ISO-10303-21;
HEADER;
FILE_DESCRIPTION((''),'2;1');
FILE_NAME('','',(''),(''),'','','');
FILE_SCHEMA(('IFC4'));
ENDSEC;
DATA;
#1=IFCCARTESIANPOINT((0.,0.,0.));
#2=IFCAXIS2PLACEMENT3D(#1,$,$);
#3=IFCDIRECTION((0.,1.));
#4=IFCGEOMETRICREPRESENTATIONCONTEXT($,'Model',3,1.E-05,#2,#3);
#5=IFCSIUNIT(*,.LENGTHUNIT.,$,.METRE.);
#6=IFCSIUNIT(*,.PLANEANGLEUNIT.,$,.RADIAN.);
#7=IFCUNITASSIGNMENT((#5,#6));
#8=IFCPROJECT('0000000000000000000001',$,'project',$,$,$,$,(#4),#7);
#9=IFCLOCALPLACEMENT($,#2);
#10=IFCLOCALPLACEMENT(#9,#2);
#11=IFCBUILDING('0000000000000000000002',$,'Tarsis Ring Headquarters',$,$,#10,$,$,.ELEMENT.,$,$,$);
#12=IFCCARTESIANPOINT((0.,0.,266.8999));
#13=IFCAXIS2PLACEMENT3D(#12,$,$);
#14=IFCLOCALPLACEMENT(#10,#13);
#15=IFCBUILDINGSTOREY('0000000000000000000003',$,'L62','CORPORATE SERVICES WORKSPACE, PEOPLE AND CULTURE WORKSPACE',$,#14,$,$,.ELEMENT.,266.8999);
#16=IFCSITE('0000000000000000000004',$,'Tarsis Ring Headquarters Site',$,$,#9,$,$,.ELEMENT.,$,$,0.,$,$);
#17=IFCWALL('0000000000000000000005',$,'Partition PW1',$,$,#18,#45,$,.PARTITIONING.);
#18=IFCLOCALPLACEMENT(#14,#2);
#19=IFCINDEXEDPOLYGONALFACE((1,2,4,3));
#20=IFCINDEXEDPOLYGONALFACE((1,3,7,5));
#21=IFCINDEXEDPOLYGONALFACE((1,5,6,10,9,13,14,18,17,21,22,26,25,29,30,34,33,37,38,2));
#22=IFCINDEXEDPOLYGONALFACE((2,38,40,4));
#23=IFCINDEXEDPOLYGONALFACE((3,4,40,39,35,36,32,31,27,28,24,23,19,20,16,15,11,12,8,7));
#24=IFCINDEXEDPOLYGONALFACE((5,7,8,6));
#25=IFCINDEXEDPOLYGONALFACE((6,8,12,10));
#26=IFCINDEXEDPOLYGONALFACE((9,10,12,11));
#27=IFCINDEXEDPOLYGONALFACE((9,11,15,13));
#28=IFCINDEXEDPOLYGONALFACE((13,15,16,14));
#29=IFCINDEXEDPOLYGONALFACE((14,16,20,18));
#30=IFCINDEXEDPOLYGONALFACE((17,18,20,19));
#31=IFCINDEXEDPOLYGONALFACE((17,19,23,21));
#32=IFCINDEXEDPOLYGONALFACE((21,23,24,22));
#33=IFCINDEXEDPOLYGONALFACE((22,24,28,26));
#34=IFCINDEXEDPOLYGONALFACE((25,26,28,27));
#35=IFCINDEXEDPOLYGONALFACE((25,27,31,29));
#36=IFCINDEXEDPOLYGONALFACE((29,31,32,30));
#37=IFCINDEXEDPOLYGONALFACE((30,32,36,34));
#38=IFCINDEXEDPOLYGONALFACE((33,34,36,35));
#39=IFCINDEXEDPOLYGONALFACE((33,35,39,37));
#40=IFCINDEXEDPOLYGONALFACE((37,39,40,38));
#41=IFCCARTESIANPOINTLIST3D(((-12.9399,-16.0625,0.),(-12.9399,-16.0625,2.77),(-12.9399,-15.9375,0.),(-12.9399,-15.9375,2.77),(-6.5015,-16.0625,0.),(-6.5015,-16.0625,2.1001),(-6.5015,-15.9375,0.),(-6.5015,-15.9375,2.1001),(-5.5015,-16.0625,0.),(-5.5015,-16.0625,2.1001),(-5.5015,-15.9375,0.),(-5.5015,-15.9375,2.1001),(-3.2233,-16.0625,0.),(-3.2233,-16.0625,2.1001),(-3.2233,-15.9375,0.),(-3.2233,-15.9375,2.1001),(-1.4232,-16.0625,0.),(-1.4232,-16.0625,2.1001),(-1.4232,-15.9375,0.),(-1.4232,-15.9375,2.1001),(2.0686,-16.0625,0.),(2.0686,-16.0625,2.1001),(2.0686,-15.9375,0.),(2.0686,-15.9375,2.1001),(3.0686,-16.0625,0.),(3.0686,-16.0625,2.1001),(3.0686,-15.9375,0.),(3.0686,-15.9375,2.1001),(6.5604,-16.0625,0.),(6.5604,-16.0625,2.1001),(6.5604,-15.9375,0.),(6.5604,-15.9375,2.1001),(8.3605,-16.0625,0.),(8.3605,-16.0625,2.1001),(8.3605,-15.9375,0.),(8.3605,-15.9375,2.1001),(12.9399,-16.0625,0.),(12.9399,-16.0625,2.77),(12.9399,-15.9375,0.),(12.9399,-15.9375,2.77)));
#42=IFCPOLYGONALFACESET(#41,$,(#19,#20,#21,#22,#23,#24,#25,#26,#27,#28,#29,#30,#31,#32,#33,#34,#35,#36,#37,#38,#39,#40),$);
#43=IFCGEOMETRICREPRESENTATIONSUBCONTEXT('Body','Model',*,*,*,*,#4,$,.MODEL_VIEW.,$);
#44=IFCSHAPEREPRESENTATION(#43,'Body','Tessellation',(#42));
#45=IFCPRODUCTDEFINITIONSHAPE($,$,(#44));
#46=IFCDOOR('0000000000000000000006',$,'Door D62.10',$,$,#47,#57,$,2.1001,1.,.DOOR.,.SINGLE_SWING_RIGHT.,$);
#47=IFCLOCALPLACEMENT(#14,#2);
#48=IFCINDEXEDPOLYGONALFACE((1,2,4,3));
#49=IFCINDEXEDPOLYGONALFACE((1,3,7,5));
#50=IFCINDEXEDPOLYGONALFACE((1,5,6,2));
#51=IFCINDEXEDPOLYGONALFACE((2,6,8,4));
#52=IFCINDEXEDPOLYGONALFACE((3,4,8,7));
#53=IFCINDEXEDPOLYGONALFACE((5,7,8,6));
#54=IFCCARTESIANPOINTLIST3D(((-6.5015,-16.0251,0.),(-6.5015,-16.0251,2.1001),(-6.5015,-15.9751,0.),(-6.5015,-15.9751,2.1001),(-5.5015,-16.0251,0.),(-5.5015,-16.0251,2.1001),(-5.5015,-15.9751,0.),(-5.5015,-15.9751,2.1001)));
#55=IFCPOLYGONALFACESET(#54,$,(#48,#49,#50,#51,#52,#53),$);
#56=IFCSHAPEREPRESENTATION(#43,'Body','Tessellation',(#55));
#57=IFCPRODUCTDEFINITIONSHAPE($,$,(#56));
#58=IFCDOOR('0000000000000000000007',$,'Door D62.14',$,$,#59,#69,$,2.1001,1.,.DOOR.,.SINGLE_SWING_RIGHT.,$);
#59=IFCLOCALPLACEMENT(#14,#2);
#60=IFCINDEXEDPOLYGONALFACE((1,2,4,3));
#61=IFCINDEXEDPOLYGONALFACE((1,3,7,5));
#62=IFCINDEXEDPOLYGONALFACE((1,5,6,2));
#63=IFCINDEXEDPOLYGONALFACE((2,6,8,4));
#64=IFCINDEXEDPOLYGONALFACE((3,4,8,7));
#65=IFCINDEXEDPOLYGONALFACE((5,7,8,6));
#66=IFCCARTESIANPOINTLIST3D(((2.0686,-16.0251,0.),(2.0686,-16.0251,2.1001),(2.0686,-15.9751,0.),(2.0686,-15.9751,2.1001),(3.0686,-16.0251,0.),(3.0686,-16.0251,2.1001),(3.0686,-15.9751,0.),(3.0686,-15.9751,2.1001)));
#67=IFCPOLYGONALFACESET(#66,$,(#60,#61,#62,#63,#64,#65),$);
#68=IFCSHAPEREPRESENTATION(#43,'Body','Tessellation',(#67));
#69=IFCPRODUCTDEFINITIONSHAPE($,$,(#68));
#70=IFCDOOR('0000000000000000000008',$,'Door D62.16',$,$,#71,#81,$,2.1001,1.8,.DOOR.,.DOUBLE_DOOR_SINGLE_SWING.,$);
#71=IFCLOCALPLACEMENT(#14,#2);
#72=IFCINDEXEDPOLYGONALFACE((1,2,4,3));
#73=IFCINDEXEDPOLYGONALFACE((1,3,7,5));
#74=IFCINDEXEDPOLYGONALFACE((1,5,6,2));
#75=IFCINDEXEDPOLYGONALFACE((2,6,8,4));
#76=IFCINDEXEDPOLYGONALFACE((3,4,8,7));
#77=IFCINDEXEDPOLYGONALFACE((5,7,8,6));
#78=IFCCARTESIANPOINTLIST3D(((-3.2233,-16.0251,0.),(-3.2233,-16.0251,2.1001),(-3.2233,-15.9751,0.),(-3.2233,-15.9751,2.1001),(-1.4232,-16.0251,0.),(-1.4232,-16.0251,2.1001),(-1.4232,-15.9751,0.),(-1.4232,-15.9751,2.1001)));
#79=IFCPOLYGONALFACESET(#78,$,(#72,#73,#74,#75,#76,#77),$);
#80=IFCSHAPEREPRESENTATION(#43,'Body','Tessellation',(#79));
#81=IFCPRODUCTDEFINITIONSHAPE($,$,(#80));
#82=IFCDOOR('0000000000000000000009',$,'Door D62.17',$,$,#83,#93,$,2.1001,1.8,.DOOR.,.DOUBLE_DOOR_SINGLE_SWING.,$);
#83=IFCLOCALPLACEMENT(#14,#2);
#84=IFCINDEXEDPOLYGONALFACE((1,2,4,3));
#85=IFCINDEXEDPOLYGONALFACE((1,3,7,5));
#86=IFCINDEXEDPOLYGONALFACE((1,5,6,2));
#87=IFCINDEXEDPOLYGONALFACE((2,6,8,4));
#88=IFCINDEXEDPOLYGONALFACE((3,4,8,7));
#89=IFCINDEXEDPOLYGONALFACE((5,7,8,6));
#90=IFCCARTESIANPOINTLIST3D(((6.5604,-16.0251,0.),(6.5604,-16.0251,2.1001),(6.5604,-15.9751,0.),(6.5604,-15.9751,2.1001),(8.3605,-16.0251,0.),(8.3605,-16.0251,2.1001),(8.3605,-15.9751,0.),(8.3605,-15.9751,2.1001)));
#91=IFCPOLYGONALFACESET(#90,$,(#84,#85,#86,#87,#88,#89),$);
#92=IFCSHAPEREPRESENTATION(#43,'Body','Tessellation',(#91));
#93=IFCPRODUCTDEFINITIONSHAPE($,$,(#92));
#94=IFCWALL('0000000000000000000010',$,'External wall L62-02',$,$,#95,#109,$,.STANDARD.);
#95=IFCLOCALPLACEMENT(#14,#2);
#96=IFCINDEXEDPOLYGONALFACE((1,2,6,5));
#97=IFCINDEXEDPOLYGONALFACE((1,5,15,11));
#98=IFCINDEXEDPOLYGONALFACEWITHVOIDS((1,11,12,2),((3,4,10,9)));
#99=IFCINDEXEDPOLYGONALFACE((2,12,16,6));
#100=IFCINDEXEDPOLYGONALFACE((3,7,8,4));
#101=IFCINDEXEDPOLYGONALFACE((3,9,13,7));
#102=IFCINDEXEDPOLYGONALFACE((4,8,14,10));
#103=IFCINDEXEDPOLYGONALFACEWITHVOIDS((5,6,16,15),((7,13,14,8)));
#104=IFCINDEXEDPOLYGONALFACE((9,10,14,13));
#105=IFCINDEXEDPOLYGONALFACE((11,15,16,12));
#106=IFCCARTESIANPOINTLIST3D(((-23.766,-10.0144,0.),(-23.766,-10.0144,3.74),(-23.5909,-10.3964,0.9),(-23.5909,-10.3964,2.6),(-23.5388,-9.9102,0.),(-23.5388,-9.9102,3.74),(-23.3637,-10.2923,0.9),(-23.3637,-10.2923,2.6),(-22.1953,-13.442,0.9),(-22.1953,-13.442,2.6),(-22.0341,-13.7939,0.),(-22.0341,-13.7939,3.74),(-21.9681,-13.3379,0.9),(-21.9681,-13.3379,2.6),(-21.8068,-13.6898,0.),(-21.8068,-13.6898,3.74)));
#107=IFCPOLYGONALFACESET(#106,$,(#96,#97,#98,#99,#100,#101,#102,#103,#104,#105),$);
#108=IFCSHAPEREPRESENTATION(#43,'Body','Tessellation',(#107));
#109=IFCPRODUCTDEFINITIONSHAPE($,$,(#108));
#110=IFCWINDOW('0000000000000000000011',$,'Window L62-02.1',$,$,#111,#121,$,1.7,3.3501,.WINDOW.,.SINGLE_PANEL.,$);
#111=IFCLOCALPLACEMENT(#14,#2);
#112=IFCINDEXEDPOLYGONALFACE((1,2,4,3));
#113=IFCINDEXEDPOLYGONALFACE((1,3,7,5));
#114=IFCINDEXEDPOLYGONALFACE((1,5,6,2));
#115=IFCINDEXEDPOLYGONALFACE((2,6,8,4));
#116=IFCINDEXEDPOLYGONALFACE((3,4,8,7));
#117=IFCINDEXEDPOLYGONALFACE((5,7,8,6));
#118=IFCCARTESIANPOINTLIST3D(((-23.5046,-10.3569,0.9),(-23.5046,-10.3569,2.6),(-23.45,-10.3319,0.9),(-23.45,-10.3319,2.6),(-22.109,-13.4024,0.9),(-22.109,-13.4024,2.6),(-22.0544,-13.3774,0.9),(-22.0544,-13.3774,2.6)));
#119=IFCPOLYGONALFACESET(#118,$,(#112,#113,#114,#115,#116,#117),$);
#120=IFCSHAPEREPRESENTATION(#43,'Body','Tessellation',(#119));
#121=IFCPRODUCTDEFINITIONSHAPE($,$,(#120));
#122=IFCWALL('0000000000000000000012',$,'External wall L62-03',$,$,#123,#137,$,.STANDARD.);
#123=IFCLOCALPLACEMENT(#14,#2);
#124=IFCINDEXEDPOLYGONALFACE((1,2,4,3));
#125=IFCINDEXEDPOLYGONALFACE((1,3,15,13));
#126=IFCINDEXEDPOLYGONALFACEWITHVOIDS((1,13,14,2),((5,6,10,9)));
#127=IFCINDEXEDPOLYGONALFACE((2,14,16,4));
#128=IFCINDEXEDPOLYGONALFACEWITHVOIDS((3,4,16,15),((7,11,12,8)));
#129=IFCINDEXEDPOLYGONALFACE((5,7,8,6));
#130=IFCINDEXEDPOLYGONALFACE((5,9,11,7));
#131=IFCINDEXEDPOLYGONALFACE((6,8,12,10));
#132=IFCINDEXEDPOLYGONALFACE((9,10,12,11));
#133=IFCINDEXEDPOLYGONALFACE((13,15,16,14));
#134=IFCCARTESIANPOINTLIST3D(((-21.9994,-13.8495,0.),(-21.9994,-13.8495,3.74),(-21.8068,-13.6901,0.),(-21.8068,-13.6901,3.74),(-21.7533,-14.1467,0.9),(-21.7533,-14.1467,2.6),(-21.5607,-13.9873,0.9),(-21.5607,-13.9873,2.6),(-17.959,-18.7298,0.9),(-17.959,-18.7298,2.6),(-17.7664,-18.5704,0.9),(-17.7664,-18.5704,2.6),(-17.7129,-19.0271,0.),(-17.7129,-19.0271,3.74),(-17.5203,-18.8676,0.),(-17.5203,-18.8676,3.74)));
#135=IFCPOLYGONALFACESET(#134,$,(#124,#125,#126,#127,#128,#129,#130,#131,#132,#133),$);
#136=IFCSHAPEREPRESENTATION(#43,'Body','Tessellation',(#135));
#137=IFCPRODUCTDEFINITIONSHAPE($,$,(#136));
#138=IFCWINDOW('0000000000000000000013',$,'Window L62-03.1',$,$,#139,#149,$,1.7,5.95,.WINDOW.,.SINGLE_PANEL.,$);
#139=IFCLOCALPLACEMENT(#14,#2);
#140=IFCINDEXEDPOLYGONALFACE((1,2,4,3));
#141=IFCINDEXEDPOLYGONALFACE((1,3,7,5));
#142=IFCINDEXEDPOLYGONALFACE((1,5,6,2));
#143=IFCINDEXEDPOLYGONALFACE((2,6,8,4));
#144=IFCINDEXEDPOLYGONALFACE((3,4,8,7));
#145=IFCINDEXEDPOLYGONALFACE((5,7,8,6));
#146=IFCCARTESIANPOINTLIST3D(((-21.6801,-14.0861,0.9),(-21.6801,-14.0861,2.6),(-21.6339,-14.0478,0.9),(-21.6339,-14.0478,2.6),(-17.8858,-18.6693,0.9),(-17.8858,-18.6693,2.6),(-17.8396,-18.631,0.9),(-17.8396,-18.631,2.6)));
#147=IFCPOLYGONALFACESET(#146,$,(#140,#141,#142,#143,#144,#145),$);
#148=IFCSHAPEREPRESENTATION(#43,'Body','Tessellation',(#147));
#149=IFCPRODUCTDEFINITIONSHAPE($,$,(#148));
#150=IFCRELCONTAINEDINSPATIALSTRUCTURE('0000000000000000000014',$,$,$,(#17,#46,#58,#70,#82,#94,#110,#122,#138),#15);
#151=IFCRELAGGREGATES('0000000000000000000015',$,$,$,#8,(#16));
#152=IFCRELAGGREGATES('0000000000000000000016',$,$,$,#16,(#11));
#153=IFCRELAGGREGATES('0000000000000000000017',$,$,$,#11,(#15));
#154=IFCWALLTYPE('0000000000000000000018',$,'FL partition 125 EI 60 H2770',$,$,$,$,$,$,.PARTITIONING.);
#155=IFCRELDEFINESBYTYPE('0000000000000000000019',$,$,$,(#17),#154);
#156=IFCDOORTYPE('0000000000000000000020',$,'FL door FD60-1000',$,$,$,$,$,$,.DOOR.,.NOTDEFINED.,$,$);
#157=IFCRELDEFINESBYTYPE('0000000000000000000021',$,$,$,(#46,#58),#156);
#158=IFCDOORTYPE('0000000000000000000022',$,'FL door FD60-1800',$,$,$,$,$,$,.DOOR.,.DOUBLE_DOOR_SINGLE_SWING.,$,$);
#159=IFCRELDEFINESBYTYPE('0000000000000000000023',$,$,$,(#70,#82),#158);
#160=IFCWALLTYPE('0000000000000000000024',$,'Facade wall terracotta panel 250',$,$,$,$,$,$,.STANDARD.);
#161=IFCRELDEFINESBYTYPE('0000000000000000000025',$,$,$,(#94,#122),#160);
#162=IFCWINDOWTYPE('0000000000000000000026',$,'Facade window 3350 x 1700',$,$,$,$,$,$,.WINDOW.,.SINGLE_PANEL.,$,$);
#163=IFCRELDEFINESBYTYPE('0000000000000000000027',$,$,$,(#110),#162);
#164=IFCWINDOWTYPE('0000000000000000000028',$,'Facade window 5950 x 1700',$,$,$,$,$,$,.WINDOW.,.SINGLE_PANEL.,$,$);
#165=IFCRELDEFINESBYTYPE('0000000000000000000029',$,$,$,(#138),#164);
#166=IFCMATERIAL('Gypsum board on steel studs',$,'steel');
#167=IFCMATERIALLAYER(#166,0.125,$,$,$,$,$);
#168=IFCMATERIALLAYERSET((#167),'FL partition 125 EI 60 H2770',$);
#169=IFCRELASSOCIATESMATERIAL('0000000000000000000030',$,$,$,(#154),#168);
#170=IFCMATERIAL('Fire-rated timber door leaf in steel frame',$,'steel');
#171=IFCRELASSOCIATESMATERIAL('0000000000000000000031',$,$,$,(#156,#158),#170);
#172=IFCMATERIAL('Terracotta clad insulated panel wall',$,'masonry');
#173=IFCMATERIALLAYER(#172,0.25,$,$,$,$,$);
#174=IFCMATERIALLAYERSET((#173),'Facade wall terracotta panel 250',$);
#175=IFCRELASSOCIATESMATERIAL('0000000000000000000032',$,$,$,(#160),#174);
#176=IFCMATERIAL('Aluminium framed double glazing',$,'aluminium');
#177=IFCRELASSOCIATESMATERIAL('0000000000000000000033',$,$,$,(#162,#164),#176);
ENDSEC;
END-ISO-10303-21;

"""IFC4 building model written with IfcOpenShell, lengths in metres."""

from ifc_helpers import new_model, si_unit, direction, frame, frame_2d, origin, place, context, subcontext, project, spatial, rectangle, extrude, material, layer, layer_set, type_object, element, fill, save


model = new_model("IFC4")

# Units and contexts
model_context = context("Model", 3, precision=1e-05, world=origin(), true_north=direction((0.0, 1.0)))
body_context = subcontext(model_context, "Body", "Model", "MODEL_VIEW")
ifc_project = project(units=[si_unit("LENGTHUNIT", "METRE"), si_unit("PLANEANGLEUNIT", "RADIAN")], contexts=[model_context])

# Site, building, storey
site_placement = place(None, origin())
site = spatial("IfcSite", under=ifc_project, at=site_placement, Name="Tarsis Ring Headquarters Site", CompositionType="ELEMENT", RefElevation=0.0)
building_placement = place(site_placement, origin())
building = spatial("IfcBuilding", under=site, at=building_placement, Name="Tarsis Ring Headquarters", CompositionType="ELEMENT")
storey_placement = place(building_placement, frame((0.0, 0.0, 266.8999)))
storey = spatial("IfcBuildingStorey", under=building, at=storey_placement, Name="L62", Description="CORPORATE SERVICES WORKSPACE, PEOPLE AND CULTURE WORKSPACE", CompositionType="ELEMENT", Elevation=266.8999)

# Shared definitions
ifc_material_1 = material(Name="Gypsum board on steel studs", Category="steel")

# Wall, openings, doors
ifc_layer_1 = layer(ifc_material_1, 0.125)
ifc_layer_set_1 = layer_set([ifc_layer_1], Name="FL partition 125 EI 60 H2770")
wall_type_1 = type_object("IfcWallType", Name="FL partition 125 EI 60 H2770", PredefinedType="PARTITIONING", material=ifc_layer_set_1)
wall_1_placement = place(storey_placement, frame((-12.9399, -16.0, 0.0), z_axis=(0.0, 0.0, 1.0), x_axis=(1.0, 0.0, 0.0)))
wall_1 = element("IfcWall", 1, at=wall_1_placement, inside=storey, type_object=wall_type_1, Name="Partition PW1", PredefinedType="PARTITIONING", context=body_context, shape_type="SweptSolid", body=[
    extrude(rectangle(XDim=25.8799, YDim=0.125, at=frame_2d((12.9399, 0.0))), origin(), (0.0, 0.0, 1.0), 2.77),
])
opening_1_placement = place(wall_1_placement, frame((6.4385, 0.0, 0.0)))
opening_1 = element("IfcOpeningElement", 2, at=opening_1_placement, cuts=wall_1, PredefinedType="OPENING", context=body_context, shape_type="SweptSolid", body=[
    extrude(rectangle(XDim=1.0, YDim=2.1001, at=frame_2d((0.5, 1.05))), frame((0.0, 0.0725, 0.0), z_axis=(0.0, -1.0, 0.0), x_axis=(1.0, 0.0, 0.0)), (0.0, 0.0, 1.0), 0.145),
])
opening_2_placement = place(wall_1_placement, frame((15.0085, 0.0, 0.0)))
opening_2 = element("IfcOpeningElement", 3, at=opening_2_placement, cuts=wall_1, PredefinedType="OPENING", context=body_context, shape_type="SweptSolid", body=[
    extrude(rectangle(XDim=1.0, YDim=2.1001, at=frame_2d((0.5, 1.05))), frame((0.0, 0.0725, 0.0), z_axis=(0.0, -1.0, 0.0), x_axis=(1.0, 0.0, 0.0)), (0.0, 0.0, 1.0), 0.145),
])
opening_3_placement = place(wall_1_placement, frame((9.7168, 0.0, 0.0)))
opening_3 = element("IfcOpeningElement", 4, at=opening_3_placement, cuts=wall_1, PredefinedType="OPENING", context=body_context, shape_type="SweptSolid", body=[
    extrude(rectangle(XDim=1.8, YDim=2.1001, at=frame_2d((0.8999, 1.05))), frame((0.0, 0.0725, 0.0), z_axis=(0.0, -1.0, 0.0), x_axis=(1.0, 0.0, 0.0)), (0.0, 0.0, 1.0), 0.145),
])
opening_4_placement = place(wall_1_placement, frame((19.5005, 0.0, 0.0)))
opening_4 = element("IfcOpeningElement", 5, at=opening_4_placement, cuts=wall_1, PredefinedType="OPENING", context=body_context, shape_type="SweptSolid", body=[
    extrude(rectangle(XDim=1.8, YDim=2.1001, at=frame_2d((0.8999, 1.05))), frame((0.0, 0.0725, 0.0), z_axis=(0.0, -1.0, 0.0), x_axis=(1.0, 0.0, 0.0)), (0.0, 0.0, 1.0), 0.145),
])
ifc_material_2 = material(Name="Fire-rated timber door leaf in steel frame", Category="steel")
door_type_1 = type_object("IfcDoorType", Name="FL door FD60-1000", OperationType="NOTDEFINED", PredefinedType="DOOR", material=ifc_material_2)
door_1_placement = place(opening_1_placement, origin())
door_1 = element("IfcDoor", 6, at=door_1_placement, inside=storey, type_object=door_type_1, Name="Door D62.10", OperationType="SINGLE_SWING_RIGHT", OverallHeight=2.1001, OverallWidth=1.0, PredefinedType="DOOR", context=body_context, shape_type="SweptSolid", body=[
    extrude(rectangle(XDim=1.0, YDim=2.1001, at=frame_2d((0.5, 1.05))), frame((0.0, 0.0249, 0.0), z_axis=(0.0, -1.0, 0.0), x_axis=(1.0, 0.0, 0.0)), (0.0, 0.0, 1.0), 0.05),
])
fill(opening_1, door_1)
door_2_placement = place(opening_2_placement, origin())
door_2 = element("IfcDoor", 7, at=door_2_placement, inside=storey, type_object=door_type_1, Name="Door D62.14", OperationType="SINGLE_SWING_RIGHT", OverallHeight=2.1001, OverallWidth=1.0, PredefinedType="DOOR", context=body_context, shape_type="SweptSolid", body=[
    extrude(rectangle(XDim=1.0, YDim=2.1001, at=frame_2d((0.5, 1.05))), frame((0.0, 0.0249, 0.0), z_axis=(0.0, -1.0, 0.0), x_axis=(1.0, 0.0, 0.0)), (0.0, 0.0, 1.0), 0.05),
])
fill(opening_2, door_2)
door_type_2 = type_object("IfcDoorType", Name="FL door FD60-1800", OperationType="DOUBLE_DOOR_SINGLE_SWING", PredefinedType="DOOR", material=ifc_material_2)
door_3_placement = place(opening_3_placement, origin())
door_3 = element("IfcDoor", 8, at=door_3_placement, inside=storey, type_object=door_type_2, Name="Door D62.16", OperationType="DOUBLE_DOOR_SINGLE_SWING", OverallHeight=2.1001, OverallWidth=1.8, PredefinedType="DOOR", context=body_context, shape_type="SweptSolid", body=[
    extrude(rectangle(XDim=1.8, YDim=2.1001, at=frame_2d((0.8999, 1.05))), frame((0.0, 0.0249, 0.0), z_axis=(0.0, -1.0, 0.0), x_axis=(1.0, 0.0, 0.0)), (0.0, 0.0, 1.0), 0.05),
])
fill(opening_3, door_3)
door_4_placement = place(opening_4_placement, origin())
door_4 = element("IfcDoor", 9, at=door_4_placement, inside=storey, type_object=door_type_2, Name="Door D62.17", OperationType="DOUBLE_DOOR_SINGLE_SWING", OverallHeight=2.1001, OverallWidth=1.8, PredefinedType="DOOR", context=body_context, shape_type="SweptSolid", body=[
    extrude(rectangle(XDim=1.8, YDim=2.1001, at=frame_2d((0.8999, 1.05))), frame((0.0, 0.0249, 0.0), z_axis=(0.0, -1.0, 0.0), x_axis=(1.0, 0.0, 0.0)), (0.0, 0.0, 1.0), 0.05),
])
fill(opening_4, door_4)

# Walls, openings, windows
ifc_material_3 = material(Name="Terracotta clad insulated panel wall", Category="masonry")
ifc_layer_2 = layer(ifc_material_3, 0.25)
ifc_layer_set_2 = layer_set([ifc_layer_2], Name="Facade wall terracotta panel 250")
wall_type_2 = type_object("IfcWallType", Name="Facade wall terracotta panel 250", PredefinedType="STANDARD", material=ifc_layer_set_2)
wall_2_placement = place(storey_placement, frame((-23.6523, -9.9624, 0.0), z_axis=(0.0, 0.0, 1.0), x_axis=(0.416584, -0.909097, 0.0)))
wall_2 = element("IfcWall", 10, at=wall_2_placement, inside=storey, type_object=wall_type_2, Name="External wall L62-02", PredefinedType="STANDARD", context=body_context, shape_type="SweptSolid", body=[
    extrude(rectangle(XDim=4.1575, YDim=0.25, at=frame_2d((2.0786, 0.0))), origin(), (0.0, 0.0, 1.0), 3.74),
])
opening_5_placement = place(wall_2_placement, frame((0.4202, 0.0, 0.8999)))
opening_5 = element("IfcOpeningElement", 11, at=opening_5_placement, cuts=wall_2, PredefinedType="OPENING", context=body_context, shape_type="SweptSolid", body=[
    extrude(rectangle(XDim=3.3501, YDim=1.7, at=frame_2d((1.675, 0.8501))), frame((0.0, 0.135, 0.0), z_axis=(0.0, -1.0, 0.0), x_axis=(1.0, 0.0, 0.0)), (0.0, 0.0, 1.0), 0.27),
])
ifc_material_4 = material(Name="Aluminium framed double glazing", Category="aluminium")
window_type_1 = type_object("IfcWindowType", Name="Facade window 3350 x 1700", PartitioningType="SINGLE_PANEL", PredefinedType="WINDOW", material=ifc_material_4)
window_1_placement = place(opening_5_placement, origin())
window_1 = element("IfcWindow", 12, at=window_1_placement, inside=storey, type_object=window_type_1, Name="Window L62-02.1", OverallHeight=1.7, OverallWidth=3.3501, PartitioningType="SINGLE_PANEL", PredefinedType="WINDOW", context=body_context, shape_type="SweptSolid", body=[
    extrude(rectangle(XDim=3.3501, YDim=1.7, at=frame_2d((1.675, 0.8501))), frame((0.0, 0.03, 0.0), z_axis=(0.0, -1.0, 0.0), x_axis=(1.0, 0.0, 0.0)), (0.0, 0.0, 1.0), 0.0601),
])
fill(opening_5, window_1)
wall_3_placement = place(storey_placement, frame((-21.9031, -13.7698, 0.0), z_axis=(0.0, 0.0, 1.0), x_axis=(0.637705, -0.77028, 0.0)))
wall_3 = element("IfcWall", 13, at=wall_3_placement, inside=storey, type_object=wall_type_2, Name="External wall L62-03", PredefinedType="STANDARD", context=body_context, shape_type="SweptSolid", body=[
    extrude(rectangle(XDim=6.7217, YDim=0.25, at=frame_2d((3.3608, 0.0))), origin(), (0.0, 0.0, 1.0), 3.74),
])
opening_6_placement = place(wall_3_placement, frame((0.3857, 0.0, 0.8999)))
opening_6 = element("IfcOpeningElement", 14, at=opening_6_placement, cuts=wall_3, PredefinedType="OPENING", context=body_context, shape_type="SweptSolid", body=[
    extrude(rectangle(XDim=5.95, YDim=1.7, at=frame_2d((2.9751, 0.8501))), frame((0.0, 0.135, 0.0), z_axis=(0.0, -1.0, 0.0), x_axis=(1.0, 0.0, 0.0)), (0.0, 0.0, 1.0), 0.27),
])
window_type_2 = type_object("IfcWindowType", Name="Facade window 5950 x 1700", PartitioningType="SINGLE_PANEL", PredefinedType="WINDOW", material=ifc_material_4)
window_2_placement = place(opening_6_placement, origin())
window_2 = element("IfcWindow", 15, at=window_2_placement, inside=storey, type_object=window_type_2, Name="Window L62-03.1", OverallHeight=1.7, OverallWidth=5.95, PartitioningType="SINGLE_PANEL", PredefinedType="WINDOW", context=body_context, shape_type="SweptSolid", body=[
    extrude(rectangle(XDim=5.95, YDim=1.7, at=frame_2d((2.9751, 0.8501))), frame((0.0, 0.03, 0.0), z_axis=(0.0, -1.0, 0.0), x_axis=(1.0, 0.0, 0.0)), (0.0, 0.0, 1.0), 0.0601),
])
fill(opening_6, window_2)

save(model, "model.ifc")
